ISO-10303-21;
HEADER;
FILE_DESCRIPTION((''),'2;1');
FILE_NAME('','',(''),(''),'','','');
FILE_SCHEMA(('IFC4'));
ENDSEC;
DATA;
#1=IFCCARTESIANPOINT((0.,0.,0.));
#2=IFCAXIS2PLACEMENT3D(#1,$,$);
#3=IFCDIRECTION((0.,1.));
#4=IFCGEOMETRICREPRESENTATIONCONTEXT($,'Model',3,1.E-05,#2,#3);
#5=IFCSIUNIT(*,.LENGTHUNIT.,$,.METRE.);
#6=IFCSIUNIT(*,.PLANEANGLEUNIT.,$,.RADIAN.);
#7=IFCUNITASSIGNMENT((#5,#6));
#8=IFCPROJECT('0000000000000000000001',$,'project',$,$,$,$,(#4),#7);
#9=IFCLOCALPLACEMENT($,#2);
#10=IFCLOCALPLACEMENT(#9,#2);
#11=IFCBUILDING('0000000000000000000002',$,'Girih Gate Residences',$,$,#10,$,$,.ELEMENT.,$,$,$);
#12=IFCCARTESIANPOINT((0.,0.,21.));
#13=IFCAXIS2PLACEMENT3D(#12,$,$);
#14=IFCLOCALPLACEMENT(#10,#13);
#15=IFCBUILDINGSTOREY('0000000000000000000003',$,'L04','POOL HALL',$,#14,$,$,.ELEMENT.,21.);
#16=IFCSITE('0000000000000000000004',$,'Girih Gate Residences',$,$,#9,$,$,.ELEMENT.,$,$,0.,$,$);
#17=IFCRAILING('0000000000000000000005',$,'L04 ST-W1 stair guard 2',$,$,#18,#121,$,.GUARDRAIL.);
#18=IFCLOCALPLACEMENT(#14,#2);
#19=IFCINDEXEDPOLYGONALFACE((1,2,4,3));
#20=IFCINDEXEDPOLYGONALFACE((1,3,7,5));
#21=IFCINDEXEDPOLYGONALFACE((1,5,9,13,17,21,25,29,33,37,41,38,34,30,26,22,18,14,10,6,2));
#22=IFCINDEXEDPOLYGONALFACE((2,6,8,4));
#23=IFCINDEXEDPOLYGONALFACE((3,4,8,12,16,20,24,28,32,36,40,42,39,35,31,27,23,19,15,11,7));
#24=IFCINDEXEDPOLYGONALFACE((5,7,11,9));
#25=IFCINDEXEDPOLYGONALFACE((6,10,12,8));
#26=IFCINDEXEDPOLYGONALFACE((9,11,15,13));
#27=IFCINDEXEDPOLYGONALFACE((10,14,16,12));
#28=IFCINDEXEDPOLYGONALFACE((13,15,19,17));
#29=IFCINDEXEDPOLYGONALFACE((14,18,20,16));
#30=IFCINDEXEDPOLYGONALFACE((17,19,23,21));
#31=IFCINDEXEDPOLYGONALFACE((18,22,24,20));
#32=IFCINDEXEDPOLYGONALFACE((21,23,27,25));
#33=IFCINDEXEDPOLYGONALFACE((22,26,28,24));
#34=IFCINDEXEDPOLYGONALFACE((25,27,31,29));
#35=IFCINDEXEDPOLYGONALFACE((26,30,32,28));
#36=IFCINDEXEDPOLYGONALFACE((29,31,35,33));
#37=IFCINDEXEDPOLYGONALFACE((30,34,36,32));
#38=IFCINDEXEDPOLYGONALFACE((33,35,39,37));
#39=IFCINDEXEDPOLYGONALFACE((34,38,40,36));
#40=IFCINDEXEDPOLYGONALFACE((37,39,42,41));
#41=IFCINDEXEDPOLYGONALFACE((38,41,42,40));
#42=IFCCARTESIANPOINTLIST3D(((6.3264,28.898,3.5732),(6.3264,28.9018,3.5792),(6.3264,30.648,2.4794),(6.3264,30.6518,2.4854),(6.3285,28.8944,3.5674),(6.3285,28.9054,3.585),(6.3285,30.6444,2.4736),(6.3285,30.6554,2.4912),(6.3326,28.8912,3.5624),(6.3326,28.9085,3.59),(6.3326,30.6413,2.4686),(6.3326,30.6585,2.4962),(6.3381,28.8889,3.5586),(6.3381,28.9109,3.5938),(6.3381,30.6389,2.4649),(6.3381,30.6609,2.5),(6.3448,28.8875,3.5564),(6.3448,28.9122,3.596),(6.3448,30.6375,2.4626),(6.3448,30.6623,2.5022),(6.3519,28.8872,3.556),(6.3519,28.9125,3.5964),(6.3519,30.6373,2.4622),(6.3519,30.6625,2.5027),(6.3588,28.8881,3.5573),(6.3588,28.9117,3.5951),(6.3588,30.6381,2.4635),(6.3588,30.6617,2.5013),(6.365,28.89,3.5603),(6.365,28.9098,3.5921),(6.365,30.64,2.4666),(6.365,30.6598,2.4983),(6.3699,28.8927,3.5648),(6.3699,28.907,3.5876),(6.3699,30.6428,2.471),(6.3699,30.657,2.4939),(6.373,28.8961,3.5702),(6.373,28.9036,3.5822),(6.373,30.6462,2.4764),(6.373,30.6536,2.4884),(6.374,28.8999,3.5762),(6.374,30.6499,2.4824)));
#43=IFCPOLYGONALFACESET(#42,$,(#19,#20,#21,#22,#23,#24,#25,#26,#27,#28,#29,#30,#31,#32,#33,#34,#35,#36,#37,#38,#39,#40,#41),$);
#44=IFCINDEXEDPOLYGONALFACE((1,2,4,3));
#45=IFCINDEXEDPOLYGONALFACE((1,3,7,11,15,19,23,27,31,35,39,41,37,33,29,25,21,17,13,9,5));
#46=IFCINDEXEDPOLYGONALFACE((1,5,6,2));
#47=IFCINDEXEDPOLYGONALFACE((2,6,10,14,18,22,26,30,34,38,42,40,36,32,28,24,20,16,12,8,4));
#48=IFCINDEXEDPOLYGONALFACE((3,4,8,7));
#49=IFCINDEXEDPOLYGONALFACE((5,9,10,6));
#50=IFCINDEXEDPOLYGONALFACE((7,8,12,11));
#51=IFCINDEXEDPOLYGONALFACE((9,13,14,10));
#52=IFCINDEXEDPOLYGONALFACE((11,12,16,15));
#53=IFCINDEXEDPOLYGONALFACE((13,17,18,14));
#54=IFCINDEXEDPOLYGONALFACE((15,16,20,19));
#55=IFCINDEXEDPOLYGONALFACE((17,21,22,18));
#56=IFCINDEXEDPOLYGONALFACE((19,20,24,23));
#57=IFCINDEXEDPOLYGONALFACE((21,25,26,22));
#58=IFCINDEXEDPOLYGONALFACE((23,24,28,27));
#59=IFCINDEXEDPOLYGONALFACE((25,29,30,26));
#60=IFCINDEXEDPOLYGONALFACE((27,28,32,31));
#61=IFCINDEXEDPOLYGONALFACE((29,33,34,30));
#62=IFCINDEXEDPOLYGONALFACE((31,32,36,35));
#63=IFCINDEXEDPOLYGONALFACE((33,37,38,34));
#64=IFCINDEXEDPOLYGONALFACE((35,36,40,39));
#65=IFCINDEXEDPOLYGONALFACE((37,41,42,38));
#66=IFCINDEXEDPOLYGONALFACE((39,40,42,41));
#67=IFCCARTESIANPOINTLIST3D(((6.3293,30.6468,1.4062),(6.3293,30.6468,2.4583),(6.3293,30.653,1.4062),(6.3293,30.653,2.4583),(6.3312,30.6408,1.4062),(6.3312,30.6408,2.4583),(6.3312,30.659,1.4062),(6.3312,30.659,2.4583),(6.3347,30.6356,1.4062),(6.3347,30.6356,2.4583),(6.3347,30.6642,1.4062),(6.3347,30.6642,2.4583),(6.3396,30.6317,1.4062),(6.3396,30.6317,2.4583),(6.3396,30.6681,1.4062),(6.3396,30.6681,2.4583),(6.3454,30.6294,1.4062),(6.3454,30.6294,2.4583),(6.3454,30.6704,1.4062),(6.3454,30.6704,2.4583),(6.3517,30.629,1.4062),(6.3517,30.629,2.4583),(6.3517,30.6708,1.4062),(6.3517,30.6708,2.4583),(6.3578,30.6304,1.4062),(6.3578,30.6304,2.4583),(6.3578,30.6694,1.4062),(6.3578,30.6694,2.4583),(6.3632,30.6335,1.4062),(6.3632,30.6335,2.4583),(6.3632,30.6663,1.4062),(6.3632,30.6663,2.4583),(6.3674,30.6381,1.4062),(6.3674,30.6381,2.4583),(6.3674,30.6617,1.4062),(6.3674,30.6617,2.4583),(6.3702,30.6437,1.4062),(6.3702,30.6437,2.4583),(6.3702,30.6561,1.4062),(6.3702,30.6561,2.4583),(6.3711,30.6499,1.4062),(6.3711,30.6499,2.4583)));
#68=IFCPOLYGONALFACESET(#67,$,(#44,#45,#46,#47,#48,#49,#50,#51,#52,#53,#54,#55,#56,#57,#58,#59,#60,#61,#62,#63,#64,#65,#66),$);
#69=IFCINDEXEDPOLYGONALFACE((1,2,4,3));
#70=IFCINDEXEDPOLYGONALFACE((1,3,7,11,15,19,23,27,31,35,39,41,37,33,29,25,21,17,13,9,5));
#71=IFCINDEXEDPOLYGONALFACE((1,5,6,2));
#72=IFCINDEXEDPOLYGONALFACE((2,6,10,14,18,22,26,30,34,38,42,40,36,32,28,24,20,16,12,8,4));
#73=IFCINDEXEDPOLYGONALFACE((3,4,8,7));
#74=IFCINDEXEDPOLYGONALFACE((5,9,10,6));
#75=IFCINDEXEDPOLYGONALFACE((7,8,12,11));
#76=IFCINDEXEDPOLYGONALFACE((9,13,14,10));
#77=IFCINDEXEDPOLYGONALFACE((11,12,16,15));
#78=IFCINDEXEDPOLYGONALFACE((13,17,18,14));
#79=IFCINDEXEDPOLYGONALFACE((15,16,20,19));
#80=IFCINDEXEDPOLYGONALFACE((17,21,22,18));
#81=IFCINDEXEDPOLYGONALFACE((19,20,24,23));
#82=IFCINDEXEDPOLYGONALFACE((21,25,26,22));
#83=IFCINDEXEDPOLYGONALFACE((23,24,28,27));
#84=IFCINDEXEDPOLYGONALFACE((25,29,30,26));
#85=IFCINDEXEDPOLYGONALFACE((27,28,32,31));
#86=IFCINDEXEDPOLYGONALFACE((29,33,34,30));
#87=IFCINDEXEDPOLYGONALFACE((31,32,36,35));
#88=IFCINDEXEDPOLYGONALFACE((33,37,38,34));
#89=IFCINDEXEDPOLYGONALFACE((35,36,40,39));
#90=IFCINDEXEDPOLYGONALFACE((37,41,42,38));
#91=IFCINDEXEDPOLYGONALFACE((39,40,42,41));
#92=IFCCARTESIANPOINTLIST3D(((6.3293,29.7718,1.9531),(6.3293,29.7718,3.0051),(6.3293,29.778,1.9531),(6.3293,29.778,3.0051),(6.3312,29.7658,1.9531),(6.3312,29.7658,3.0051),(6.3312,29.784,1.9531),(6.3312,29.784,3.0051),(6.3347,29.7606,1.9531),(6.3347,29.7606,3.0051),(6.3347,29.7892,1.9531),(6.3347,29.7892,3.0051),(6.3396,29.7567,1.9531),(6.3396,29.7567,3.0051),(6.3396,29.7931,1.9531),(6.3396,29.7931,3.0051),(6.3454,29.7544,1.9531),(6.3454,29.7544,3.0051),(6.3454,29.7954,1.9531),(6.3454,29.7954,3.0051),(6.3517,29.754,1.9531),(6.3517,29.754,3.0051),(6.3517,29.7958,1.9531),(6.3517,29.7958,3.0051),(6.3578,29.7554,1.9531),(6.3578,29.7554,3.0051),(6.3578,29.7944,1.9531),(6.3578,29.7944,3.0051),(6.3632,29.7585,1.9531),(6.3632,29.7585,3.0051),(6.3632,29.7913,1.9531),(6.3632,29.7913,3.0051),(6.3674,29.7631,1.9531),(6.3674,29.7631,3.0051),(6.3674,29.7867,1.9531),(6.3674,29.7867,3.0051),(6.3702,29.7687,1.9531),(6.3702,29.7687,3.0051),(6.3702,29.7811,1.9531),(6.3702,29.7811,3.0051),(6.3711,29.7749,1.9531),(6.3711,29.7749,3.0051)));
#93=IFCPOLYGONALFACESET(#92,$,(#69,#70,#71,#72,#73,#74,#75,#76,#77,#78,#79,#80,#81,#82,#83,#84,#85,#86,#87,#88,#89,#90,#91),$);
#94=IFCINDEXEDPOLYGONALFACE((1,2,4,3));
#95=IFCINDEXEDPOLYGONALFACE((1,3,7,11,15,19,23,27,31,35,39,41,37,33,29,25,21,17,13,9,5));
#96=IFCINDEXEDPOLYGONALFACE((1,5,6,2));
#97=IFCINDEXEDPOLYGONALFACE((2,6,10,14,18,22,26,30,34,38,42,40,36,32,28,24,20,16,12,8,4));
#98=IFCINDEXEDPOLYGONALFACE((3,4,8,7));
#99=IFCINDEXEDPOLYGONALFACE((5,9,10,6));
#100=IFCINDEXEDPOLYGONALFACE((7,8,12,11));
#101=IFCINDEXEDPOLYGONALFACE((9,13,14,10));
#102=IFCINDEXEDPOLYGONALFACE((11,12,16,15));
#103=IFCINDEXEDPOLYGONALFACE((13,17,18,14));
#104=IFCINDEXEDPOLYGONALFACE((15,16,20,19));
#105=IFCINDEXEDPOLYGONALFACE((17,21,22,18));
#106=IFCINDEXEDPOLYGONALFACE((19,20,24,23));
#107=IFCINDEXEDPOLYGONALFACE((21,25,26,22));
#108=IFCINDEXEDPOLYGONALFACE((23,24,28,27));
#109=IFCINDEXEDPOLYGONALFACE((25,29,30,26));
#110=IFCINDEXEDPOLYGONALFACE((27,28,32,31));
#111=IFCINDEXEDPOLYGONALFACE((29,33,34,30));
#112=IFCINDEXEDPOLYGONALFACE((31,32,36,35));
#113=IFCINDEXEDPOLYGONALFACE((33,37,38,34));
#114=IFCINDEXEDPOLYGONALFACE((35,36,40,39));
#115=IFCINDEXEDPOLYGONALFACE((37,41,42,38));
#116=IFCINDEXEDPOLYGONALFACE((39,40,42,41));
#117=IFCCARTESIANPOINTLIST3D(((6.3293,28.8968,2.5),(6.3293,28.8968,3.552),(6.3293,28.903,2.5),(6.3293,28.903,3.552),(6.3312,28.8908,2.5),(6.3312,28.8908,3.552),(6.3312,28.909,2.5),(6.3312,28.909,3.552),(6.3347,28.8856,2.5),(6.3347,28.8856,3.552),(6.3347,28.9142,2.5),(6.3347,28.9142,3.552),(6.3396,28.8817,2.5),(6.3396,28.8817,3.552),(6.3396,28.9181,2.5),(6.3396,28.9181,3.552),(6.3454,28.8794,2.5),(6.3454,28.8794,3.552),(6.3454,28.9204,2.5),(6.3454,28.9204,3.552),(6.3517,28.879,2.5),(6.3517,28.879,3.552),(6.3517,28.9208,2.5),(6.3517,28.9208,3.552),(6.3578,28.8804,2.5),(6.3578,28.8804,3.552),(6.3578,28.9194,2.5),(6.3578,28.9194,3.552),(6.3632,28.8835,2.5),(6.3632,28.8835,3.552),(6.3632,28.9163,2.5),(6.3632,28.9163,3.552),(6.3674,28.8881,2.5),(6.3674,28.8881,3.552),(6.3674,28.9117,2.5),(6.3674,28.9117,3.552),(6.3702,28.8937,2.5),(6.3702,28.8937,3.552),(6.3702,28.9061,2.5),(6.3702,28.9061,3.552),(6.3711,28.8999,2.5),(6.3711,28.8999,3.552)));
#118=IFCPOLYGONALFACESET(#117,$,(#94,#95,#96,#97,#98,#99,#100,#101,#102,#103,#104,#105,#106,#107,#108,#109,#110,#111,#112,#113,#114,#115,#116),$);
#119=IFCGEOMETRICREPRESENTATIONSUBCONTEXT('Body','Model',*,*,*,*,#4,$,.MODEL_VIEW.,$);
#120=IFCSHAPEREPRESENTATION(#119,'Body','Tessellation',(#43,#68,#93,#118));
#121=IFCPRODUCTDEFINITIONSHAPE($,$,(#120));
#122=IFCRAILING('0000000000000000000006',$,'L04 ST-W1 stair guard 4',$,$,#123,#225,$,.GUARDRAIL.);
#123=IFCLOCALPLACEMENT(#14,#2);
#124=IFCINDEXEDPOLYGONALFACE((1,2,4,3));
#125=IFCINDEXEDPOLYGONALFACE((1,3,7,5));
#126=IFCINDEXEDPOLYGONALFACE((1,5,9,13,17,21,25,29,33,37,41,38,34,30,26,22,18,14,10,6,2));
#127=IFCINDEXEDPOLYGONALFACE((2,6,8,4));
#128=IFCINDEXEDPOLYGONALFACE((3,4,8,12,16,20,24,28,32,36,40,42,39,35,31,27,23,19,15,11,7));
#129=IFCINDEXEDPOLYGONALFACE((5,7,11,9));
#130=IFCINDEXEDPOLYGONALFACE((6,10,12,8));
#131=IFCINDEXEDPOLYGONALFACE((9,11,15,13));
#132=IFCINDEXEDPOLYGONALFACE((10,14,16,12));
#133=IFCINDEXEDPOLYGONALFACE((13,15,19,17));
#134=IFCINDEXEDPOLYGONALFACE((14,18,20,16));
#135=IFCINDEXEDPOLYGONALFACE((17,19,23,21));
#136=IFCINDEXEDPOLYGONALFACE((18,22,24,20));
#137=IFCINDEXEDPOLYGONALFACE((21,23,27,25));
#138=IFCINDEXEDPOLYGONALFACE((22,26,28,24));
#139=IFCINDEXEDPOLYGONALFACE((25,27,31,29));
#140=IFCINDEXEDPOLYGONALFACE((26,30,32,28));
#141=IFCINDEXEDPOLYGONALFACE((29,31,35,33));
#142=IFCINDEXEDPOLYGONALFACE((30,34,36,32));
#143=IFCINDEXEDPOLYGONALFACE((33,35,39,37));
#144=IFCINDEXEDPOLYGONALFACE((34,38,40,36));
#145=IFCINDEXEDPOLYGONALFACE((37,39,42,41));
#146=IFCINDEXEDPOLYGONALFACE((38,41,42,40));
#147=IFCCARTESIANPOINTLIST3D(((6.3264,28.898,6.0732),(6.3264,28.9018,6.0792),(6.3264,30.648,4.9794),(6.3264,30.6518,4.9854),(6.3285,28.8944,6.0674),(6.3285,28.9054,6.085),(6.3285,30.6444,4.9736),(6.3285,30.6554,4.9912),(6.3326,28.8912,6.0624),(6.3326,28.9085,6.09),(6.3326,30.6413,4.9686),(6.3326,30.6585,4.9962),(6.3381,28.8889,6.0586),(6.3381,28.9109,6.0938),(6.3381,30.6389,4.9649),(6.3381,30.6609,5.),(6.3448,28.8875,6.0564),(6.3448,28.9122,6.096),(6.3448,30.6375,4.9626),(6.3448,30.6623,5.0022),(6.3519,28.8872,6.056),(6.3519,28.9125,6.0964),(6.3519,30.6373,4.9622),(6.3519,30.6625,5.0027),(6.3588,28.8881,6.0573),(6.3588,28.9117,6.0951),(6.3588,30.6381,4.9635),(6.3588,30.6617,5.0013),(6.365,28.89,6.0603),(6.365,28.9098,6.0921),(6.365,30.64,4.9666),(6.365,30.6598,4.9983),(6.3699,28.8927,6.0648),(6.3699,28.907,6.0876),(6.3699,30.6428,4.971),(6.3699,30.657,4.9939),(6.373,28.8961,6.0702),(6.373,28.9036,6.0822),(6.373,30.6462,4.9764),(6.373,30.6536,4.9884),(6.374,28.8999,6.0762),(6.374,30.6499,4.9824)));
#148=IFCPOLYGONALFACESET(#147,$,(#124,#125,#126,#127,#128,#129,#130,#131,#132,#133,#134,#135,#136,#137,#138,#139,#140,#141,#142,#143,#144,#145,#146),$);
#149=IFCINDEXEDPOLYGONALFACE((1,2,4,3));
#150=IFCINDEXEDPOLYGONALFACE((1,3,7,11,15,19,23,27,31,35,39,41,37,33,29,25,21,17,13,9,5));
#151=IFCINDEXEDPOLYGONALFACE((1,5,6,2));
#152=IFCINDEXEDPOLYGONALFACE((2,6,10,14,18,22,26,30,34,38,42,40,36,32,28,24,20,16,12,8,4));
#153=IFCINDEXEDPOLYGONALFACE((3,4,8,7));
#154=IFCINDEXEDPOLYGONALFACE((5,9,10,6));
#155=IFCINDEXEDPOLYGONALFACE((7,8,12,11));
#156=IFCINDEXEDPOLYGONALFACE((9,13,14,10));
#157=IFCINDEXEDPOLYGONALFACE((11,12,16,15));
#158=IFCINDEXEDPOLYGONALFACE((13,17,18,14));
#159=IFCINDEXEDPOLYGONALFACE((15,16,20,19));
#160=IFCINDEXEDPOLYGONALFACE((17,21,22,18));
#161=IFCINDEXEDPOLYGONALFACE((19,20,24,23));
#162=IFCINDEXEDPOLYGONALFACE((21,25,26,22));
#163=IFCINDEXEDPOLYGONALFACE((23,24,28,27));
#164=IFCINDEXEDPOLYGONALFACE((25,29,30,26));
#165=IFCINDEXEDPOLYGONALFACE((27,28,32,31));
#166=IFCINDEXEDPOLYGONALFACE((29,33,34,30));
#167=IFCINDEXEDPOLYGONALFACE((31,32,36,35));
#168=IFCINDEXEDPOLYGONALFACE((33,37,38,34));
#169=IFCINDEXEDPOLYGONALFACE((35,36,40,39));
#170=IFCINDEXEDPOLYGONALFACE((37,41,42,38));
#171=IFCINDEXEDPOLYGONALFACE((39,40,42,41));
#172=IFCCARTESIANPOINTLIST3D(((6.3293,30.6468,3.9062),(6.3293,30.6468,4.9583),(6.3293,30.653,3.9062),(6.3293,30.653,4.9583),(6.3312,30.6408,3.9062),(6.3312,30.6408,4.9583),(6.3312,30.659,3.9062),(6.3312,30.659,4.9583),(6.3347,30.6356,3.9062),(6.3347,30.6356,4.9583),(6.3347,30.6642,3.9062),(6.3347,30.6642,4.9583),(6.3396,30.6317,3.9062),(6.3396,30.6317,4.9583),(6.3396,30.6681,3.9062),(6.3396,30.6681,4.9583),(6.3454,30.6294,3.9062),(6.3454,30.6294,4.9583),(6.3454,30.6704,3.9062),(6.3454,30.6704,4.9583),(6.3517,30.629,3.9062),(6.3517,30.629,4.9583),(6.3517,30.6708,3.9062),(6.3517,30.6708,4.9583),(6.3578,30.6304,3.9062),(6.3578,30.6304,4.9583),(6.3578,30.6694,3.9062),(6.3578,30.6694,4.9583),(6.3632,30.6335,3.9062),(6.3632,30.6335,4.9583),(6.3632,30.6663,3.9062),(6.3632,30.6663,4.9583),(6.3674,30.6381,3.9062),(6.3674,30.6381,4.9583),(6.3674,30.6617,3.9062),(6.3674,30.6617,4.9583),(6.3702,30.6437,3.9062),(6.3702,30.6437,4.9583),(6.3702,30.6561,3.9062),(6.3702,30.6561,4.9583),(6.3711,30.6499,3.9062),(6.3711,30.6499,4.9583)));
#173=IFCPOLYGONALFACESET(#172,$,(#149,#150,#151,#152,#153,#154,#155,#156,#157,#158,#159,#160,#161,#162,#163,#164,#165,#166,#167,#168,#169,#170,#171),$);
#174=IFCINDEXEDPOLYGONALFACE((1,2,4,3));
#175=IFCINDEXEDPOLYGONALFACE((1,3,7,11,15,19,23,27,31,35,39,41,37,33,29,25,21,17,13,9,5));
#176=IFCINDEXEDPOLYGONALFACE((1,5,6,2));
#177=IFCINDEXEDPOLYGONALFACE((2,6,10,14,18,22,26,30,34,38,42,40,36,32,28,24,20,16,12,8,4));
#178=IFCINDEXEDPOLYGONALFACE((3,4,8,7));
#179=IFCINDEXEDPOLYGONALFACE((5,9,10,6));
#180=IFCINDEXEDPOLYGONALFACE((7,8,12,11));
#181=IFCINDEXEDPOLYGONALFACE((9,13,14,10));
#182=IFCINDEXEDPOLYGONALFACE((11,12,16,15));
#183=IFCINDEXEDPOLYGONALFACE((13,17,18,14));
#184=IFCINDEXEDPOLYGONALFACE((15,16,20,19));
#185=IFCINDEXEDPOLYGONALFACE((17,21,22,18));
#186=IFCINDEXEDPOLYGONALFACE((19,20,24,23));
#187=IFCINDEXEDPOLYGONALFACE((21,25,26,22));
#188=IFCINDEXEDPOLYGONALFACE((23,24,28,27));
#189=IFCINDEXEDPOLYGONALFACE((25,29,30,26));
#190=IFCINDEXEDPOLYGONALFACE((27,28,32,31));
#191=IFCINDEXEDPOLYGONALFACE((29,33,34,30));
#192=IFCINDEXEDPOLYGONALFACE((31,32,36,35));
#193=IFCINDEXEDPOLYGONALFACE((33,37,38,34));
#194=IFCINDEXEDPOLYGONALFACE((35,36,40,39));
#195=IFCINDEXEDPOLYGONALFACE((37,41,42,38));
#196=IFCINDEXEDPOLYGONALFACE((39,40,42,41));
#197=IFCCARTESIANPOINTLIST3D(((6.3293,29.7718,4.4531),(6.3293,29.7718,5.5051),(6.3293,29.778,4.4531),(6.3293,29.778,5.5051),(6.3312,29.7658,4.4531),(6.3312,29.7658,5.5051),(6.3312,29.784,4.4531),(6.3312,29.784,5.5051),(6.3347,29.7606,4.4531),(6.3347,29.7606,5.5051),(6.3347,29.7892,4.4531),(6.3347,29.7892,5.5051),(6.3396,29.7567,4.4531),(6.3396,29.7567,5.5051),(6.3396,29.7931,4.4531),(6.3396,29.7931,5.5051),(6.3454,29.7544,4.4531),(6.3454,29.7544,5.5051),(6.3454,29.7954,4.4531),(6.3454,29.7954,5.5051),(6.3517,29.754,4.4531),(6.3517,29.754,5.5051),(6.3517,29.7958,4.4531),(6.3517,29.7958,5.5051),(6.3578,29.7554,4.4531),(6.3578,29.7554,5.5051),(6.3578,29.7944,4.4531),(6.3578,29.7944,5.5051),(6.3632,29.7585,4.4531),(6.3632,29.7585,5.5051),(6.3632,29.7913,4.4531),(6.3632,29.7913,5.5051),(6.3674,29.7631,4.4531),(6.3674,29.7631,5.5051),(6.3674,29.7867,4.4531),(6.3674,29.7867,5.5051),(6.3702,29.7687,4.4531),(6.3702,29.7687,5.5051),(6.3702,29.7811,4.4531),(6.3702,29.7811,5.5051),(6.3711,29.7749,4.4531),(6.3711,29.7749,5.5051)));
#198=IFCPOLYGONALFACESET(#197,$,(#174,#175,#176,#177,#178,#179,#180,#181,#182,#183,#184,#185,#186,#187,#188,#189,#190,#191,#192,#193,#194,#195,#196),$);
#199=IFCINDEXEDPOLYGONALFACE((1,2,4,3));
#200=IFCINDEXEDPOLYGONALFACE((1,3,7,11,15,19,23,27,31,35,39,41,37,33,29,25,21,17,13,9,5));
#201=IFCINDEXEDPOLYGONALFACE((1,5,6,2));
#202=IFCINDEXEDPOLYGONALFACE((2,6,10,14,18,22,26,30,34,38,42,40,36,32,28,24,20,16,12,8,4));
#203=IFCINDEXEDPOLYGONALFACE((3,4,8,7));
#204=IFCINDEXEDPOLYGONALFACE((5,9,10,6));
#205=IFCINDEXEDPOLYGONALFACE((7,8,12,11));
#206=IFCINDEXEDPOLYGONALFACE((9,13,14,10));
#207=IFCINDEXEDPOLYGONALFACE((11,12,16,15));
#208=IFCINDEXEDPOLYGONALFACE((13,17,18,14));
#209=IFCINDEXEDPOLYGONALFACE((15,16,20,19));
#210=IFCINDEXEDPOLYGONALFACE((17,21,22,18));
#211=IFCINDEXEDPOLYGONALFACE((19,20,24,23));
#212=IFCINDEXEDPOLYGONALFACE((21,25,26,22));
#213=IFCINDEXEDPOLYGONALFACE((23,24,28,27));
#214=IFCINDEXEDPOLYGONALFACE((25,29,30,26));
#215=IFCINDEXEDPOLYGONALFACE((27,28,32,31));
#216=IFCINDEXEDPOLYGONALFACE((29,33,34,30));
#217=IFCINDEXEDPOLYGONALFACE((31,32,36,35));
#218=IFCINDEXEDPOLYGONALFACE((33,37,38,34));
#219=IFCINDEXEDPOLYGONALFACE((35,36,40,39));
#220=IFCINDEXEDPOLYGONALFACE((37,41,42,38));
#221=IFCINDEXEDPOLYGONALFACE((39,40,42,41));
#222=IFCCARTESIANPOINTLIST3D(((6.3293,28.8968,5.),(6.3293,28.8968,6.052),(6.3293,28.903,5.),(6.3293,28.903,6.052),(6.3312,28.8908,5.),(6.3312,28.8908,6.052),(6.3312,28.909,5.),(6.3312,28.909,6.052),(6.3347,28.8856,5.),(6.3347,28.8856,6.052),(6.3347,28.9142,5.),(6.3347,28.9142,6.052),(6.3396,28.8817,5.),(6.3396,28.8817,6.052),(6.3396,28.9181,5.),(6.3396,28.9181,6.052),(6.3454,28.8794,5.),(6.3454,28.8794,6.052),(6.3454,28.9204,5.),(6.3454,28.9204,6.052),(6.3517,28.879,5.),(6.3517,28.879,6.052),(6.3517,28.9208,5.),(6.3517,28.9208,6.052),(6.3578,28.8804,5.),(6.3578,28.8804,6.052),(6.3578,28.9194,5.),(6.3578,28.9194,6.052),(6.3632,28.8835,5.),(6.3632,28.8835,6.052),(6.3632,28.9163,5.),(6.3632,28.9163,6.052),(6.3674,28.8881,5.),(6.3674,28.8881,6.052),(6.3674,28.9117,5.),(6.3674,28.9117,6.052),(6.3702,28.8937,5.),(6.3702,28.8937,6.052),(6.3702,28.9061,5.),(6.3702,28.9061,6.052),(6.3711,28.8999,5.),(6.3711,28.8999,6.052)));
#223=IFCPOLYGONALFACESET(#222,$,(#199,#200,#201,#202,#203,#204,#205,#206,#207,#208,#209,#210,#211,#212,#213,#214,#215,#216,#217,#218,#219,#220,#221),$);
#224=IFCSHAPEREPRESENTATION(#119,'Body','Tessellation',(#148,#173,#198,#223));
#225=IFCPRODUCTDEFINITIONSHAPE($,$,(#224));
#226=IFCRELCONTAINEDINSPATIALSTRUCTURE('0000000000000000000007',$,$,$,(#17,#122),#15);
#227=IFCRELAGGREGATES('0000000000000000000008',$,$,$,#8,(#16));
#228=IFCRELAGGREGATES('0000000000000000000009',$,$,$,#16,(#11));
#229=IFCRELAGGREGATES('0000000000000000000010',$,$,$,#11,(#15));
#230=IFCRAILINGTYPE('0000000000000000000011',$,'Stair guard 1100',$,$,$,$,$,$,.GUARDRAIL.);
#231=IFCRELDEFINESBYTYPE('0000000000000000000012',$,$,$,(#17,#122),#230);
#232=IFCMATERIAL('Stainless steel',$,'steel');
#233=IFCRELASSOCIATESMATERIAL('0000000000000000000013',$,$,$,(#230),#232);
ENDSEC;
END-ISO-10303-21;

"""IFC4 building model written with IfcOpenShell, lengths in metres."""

from ifc_helpers import new_model, si_unit, direction, frame, origin, origin_2d, place, context, subcontext, project, spatial, circle, extrude, material, type_object, element, save


model = new_model("IFC4")

# Units and contexts
model_context = context("Model", 3, precision=1e-05, world=origin(), true_north=direction((0.0, 1.0)))
body_context = subcontext(model_context, "Body", "Model", "MODEL_VIEW")
ifc_project = project(units=[si_unit("LENGTHUNIT", "METRE"), si_unit("PLANEANGLEUNIT", "RADIAN")], contexts=[model_context])

# Site, building, storey
site_placement = place(None, origin())
site = spatial("IfcSite", under=ifc_project, at=site_placement, Name="Girih Gate Residences", CompositionType="ELEMENT", RefElevation=0.0)
building_placement = place(site_placement, origin())
building = spatial("IfcBuilding", under=site, at=building_placement, Name="Girih Gate Residences", CompositionType="ELEMENT")
storey_placement = place(building_placement, frame((0.0, 0.0, 21.0)))
storey = spatial("IfcBuildingStorey", under=building, at=storey_placement, Name="L04", Description="POOL HALL", CompositionType="ELEMENT", Elevation=21.0)

# Railings
ifc_material_1 = material(Name="Stainless steel", Category="steel")
railing_type_1 = type_object("IfcRailingType", Name="Stair guard 1100", PredefinedType="GUARDRAIL", material=ifc_material_1)
for number, where, name in (
    (1, (6.3501, 30.6499, 1.4062), "L04 ST-W1 stair guard 2"),
    (2, (6.3501, 30.6499, 3.9062), "L04 ST-W1 stair guard 4"),
):
    element("IfcRailing", number, at=place(storey_placement, frame(where)), inside=storey, type_object=railing_type_1, Name=name, PredefinedType="GUARDRAIL", context=body_context, shape_type="SweptSolid", body=[
        extrude(circle(Radius=0.0239, at=origin_2d()), frame((0.0, 0.0, 1.0762), z_axis=(0.0, -0.847998, 0.529999), x_axis=(1.0, 0.0, 0.0)), (0.0, 0.0, 1.0), 2.0637),
        extrude(circle(Radius=0.021, at=origin_2d()), origin(), (0.0, 0.0, 1.0), 1.052),
        extrude(circle(Radius=0.021, at=origin_2d()), frame((0.0, -0.875, 0.5469)), (0.0, 0.0, 1.0), 1.052),
        extrude(circle(Radius=0.021, at=origin_2d()), frame((0.0, -1.75, 1.0938)), (0.0, 0.0, 1.0), 1.052),
    ])

save(model, "model.ifc")
